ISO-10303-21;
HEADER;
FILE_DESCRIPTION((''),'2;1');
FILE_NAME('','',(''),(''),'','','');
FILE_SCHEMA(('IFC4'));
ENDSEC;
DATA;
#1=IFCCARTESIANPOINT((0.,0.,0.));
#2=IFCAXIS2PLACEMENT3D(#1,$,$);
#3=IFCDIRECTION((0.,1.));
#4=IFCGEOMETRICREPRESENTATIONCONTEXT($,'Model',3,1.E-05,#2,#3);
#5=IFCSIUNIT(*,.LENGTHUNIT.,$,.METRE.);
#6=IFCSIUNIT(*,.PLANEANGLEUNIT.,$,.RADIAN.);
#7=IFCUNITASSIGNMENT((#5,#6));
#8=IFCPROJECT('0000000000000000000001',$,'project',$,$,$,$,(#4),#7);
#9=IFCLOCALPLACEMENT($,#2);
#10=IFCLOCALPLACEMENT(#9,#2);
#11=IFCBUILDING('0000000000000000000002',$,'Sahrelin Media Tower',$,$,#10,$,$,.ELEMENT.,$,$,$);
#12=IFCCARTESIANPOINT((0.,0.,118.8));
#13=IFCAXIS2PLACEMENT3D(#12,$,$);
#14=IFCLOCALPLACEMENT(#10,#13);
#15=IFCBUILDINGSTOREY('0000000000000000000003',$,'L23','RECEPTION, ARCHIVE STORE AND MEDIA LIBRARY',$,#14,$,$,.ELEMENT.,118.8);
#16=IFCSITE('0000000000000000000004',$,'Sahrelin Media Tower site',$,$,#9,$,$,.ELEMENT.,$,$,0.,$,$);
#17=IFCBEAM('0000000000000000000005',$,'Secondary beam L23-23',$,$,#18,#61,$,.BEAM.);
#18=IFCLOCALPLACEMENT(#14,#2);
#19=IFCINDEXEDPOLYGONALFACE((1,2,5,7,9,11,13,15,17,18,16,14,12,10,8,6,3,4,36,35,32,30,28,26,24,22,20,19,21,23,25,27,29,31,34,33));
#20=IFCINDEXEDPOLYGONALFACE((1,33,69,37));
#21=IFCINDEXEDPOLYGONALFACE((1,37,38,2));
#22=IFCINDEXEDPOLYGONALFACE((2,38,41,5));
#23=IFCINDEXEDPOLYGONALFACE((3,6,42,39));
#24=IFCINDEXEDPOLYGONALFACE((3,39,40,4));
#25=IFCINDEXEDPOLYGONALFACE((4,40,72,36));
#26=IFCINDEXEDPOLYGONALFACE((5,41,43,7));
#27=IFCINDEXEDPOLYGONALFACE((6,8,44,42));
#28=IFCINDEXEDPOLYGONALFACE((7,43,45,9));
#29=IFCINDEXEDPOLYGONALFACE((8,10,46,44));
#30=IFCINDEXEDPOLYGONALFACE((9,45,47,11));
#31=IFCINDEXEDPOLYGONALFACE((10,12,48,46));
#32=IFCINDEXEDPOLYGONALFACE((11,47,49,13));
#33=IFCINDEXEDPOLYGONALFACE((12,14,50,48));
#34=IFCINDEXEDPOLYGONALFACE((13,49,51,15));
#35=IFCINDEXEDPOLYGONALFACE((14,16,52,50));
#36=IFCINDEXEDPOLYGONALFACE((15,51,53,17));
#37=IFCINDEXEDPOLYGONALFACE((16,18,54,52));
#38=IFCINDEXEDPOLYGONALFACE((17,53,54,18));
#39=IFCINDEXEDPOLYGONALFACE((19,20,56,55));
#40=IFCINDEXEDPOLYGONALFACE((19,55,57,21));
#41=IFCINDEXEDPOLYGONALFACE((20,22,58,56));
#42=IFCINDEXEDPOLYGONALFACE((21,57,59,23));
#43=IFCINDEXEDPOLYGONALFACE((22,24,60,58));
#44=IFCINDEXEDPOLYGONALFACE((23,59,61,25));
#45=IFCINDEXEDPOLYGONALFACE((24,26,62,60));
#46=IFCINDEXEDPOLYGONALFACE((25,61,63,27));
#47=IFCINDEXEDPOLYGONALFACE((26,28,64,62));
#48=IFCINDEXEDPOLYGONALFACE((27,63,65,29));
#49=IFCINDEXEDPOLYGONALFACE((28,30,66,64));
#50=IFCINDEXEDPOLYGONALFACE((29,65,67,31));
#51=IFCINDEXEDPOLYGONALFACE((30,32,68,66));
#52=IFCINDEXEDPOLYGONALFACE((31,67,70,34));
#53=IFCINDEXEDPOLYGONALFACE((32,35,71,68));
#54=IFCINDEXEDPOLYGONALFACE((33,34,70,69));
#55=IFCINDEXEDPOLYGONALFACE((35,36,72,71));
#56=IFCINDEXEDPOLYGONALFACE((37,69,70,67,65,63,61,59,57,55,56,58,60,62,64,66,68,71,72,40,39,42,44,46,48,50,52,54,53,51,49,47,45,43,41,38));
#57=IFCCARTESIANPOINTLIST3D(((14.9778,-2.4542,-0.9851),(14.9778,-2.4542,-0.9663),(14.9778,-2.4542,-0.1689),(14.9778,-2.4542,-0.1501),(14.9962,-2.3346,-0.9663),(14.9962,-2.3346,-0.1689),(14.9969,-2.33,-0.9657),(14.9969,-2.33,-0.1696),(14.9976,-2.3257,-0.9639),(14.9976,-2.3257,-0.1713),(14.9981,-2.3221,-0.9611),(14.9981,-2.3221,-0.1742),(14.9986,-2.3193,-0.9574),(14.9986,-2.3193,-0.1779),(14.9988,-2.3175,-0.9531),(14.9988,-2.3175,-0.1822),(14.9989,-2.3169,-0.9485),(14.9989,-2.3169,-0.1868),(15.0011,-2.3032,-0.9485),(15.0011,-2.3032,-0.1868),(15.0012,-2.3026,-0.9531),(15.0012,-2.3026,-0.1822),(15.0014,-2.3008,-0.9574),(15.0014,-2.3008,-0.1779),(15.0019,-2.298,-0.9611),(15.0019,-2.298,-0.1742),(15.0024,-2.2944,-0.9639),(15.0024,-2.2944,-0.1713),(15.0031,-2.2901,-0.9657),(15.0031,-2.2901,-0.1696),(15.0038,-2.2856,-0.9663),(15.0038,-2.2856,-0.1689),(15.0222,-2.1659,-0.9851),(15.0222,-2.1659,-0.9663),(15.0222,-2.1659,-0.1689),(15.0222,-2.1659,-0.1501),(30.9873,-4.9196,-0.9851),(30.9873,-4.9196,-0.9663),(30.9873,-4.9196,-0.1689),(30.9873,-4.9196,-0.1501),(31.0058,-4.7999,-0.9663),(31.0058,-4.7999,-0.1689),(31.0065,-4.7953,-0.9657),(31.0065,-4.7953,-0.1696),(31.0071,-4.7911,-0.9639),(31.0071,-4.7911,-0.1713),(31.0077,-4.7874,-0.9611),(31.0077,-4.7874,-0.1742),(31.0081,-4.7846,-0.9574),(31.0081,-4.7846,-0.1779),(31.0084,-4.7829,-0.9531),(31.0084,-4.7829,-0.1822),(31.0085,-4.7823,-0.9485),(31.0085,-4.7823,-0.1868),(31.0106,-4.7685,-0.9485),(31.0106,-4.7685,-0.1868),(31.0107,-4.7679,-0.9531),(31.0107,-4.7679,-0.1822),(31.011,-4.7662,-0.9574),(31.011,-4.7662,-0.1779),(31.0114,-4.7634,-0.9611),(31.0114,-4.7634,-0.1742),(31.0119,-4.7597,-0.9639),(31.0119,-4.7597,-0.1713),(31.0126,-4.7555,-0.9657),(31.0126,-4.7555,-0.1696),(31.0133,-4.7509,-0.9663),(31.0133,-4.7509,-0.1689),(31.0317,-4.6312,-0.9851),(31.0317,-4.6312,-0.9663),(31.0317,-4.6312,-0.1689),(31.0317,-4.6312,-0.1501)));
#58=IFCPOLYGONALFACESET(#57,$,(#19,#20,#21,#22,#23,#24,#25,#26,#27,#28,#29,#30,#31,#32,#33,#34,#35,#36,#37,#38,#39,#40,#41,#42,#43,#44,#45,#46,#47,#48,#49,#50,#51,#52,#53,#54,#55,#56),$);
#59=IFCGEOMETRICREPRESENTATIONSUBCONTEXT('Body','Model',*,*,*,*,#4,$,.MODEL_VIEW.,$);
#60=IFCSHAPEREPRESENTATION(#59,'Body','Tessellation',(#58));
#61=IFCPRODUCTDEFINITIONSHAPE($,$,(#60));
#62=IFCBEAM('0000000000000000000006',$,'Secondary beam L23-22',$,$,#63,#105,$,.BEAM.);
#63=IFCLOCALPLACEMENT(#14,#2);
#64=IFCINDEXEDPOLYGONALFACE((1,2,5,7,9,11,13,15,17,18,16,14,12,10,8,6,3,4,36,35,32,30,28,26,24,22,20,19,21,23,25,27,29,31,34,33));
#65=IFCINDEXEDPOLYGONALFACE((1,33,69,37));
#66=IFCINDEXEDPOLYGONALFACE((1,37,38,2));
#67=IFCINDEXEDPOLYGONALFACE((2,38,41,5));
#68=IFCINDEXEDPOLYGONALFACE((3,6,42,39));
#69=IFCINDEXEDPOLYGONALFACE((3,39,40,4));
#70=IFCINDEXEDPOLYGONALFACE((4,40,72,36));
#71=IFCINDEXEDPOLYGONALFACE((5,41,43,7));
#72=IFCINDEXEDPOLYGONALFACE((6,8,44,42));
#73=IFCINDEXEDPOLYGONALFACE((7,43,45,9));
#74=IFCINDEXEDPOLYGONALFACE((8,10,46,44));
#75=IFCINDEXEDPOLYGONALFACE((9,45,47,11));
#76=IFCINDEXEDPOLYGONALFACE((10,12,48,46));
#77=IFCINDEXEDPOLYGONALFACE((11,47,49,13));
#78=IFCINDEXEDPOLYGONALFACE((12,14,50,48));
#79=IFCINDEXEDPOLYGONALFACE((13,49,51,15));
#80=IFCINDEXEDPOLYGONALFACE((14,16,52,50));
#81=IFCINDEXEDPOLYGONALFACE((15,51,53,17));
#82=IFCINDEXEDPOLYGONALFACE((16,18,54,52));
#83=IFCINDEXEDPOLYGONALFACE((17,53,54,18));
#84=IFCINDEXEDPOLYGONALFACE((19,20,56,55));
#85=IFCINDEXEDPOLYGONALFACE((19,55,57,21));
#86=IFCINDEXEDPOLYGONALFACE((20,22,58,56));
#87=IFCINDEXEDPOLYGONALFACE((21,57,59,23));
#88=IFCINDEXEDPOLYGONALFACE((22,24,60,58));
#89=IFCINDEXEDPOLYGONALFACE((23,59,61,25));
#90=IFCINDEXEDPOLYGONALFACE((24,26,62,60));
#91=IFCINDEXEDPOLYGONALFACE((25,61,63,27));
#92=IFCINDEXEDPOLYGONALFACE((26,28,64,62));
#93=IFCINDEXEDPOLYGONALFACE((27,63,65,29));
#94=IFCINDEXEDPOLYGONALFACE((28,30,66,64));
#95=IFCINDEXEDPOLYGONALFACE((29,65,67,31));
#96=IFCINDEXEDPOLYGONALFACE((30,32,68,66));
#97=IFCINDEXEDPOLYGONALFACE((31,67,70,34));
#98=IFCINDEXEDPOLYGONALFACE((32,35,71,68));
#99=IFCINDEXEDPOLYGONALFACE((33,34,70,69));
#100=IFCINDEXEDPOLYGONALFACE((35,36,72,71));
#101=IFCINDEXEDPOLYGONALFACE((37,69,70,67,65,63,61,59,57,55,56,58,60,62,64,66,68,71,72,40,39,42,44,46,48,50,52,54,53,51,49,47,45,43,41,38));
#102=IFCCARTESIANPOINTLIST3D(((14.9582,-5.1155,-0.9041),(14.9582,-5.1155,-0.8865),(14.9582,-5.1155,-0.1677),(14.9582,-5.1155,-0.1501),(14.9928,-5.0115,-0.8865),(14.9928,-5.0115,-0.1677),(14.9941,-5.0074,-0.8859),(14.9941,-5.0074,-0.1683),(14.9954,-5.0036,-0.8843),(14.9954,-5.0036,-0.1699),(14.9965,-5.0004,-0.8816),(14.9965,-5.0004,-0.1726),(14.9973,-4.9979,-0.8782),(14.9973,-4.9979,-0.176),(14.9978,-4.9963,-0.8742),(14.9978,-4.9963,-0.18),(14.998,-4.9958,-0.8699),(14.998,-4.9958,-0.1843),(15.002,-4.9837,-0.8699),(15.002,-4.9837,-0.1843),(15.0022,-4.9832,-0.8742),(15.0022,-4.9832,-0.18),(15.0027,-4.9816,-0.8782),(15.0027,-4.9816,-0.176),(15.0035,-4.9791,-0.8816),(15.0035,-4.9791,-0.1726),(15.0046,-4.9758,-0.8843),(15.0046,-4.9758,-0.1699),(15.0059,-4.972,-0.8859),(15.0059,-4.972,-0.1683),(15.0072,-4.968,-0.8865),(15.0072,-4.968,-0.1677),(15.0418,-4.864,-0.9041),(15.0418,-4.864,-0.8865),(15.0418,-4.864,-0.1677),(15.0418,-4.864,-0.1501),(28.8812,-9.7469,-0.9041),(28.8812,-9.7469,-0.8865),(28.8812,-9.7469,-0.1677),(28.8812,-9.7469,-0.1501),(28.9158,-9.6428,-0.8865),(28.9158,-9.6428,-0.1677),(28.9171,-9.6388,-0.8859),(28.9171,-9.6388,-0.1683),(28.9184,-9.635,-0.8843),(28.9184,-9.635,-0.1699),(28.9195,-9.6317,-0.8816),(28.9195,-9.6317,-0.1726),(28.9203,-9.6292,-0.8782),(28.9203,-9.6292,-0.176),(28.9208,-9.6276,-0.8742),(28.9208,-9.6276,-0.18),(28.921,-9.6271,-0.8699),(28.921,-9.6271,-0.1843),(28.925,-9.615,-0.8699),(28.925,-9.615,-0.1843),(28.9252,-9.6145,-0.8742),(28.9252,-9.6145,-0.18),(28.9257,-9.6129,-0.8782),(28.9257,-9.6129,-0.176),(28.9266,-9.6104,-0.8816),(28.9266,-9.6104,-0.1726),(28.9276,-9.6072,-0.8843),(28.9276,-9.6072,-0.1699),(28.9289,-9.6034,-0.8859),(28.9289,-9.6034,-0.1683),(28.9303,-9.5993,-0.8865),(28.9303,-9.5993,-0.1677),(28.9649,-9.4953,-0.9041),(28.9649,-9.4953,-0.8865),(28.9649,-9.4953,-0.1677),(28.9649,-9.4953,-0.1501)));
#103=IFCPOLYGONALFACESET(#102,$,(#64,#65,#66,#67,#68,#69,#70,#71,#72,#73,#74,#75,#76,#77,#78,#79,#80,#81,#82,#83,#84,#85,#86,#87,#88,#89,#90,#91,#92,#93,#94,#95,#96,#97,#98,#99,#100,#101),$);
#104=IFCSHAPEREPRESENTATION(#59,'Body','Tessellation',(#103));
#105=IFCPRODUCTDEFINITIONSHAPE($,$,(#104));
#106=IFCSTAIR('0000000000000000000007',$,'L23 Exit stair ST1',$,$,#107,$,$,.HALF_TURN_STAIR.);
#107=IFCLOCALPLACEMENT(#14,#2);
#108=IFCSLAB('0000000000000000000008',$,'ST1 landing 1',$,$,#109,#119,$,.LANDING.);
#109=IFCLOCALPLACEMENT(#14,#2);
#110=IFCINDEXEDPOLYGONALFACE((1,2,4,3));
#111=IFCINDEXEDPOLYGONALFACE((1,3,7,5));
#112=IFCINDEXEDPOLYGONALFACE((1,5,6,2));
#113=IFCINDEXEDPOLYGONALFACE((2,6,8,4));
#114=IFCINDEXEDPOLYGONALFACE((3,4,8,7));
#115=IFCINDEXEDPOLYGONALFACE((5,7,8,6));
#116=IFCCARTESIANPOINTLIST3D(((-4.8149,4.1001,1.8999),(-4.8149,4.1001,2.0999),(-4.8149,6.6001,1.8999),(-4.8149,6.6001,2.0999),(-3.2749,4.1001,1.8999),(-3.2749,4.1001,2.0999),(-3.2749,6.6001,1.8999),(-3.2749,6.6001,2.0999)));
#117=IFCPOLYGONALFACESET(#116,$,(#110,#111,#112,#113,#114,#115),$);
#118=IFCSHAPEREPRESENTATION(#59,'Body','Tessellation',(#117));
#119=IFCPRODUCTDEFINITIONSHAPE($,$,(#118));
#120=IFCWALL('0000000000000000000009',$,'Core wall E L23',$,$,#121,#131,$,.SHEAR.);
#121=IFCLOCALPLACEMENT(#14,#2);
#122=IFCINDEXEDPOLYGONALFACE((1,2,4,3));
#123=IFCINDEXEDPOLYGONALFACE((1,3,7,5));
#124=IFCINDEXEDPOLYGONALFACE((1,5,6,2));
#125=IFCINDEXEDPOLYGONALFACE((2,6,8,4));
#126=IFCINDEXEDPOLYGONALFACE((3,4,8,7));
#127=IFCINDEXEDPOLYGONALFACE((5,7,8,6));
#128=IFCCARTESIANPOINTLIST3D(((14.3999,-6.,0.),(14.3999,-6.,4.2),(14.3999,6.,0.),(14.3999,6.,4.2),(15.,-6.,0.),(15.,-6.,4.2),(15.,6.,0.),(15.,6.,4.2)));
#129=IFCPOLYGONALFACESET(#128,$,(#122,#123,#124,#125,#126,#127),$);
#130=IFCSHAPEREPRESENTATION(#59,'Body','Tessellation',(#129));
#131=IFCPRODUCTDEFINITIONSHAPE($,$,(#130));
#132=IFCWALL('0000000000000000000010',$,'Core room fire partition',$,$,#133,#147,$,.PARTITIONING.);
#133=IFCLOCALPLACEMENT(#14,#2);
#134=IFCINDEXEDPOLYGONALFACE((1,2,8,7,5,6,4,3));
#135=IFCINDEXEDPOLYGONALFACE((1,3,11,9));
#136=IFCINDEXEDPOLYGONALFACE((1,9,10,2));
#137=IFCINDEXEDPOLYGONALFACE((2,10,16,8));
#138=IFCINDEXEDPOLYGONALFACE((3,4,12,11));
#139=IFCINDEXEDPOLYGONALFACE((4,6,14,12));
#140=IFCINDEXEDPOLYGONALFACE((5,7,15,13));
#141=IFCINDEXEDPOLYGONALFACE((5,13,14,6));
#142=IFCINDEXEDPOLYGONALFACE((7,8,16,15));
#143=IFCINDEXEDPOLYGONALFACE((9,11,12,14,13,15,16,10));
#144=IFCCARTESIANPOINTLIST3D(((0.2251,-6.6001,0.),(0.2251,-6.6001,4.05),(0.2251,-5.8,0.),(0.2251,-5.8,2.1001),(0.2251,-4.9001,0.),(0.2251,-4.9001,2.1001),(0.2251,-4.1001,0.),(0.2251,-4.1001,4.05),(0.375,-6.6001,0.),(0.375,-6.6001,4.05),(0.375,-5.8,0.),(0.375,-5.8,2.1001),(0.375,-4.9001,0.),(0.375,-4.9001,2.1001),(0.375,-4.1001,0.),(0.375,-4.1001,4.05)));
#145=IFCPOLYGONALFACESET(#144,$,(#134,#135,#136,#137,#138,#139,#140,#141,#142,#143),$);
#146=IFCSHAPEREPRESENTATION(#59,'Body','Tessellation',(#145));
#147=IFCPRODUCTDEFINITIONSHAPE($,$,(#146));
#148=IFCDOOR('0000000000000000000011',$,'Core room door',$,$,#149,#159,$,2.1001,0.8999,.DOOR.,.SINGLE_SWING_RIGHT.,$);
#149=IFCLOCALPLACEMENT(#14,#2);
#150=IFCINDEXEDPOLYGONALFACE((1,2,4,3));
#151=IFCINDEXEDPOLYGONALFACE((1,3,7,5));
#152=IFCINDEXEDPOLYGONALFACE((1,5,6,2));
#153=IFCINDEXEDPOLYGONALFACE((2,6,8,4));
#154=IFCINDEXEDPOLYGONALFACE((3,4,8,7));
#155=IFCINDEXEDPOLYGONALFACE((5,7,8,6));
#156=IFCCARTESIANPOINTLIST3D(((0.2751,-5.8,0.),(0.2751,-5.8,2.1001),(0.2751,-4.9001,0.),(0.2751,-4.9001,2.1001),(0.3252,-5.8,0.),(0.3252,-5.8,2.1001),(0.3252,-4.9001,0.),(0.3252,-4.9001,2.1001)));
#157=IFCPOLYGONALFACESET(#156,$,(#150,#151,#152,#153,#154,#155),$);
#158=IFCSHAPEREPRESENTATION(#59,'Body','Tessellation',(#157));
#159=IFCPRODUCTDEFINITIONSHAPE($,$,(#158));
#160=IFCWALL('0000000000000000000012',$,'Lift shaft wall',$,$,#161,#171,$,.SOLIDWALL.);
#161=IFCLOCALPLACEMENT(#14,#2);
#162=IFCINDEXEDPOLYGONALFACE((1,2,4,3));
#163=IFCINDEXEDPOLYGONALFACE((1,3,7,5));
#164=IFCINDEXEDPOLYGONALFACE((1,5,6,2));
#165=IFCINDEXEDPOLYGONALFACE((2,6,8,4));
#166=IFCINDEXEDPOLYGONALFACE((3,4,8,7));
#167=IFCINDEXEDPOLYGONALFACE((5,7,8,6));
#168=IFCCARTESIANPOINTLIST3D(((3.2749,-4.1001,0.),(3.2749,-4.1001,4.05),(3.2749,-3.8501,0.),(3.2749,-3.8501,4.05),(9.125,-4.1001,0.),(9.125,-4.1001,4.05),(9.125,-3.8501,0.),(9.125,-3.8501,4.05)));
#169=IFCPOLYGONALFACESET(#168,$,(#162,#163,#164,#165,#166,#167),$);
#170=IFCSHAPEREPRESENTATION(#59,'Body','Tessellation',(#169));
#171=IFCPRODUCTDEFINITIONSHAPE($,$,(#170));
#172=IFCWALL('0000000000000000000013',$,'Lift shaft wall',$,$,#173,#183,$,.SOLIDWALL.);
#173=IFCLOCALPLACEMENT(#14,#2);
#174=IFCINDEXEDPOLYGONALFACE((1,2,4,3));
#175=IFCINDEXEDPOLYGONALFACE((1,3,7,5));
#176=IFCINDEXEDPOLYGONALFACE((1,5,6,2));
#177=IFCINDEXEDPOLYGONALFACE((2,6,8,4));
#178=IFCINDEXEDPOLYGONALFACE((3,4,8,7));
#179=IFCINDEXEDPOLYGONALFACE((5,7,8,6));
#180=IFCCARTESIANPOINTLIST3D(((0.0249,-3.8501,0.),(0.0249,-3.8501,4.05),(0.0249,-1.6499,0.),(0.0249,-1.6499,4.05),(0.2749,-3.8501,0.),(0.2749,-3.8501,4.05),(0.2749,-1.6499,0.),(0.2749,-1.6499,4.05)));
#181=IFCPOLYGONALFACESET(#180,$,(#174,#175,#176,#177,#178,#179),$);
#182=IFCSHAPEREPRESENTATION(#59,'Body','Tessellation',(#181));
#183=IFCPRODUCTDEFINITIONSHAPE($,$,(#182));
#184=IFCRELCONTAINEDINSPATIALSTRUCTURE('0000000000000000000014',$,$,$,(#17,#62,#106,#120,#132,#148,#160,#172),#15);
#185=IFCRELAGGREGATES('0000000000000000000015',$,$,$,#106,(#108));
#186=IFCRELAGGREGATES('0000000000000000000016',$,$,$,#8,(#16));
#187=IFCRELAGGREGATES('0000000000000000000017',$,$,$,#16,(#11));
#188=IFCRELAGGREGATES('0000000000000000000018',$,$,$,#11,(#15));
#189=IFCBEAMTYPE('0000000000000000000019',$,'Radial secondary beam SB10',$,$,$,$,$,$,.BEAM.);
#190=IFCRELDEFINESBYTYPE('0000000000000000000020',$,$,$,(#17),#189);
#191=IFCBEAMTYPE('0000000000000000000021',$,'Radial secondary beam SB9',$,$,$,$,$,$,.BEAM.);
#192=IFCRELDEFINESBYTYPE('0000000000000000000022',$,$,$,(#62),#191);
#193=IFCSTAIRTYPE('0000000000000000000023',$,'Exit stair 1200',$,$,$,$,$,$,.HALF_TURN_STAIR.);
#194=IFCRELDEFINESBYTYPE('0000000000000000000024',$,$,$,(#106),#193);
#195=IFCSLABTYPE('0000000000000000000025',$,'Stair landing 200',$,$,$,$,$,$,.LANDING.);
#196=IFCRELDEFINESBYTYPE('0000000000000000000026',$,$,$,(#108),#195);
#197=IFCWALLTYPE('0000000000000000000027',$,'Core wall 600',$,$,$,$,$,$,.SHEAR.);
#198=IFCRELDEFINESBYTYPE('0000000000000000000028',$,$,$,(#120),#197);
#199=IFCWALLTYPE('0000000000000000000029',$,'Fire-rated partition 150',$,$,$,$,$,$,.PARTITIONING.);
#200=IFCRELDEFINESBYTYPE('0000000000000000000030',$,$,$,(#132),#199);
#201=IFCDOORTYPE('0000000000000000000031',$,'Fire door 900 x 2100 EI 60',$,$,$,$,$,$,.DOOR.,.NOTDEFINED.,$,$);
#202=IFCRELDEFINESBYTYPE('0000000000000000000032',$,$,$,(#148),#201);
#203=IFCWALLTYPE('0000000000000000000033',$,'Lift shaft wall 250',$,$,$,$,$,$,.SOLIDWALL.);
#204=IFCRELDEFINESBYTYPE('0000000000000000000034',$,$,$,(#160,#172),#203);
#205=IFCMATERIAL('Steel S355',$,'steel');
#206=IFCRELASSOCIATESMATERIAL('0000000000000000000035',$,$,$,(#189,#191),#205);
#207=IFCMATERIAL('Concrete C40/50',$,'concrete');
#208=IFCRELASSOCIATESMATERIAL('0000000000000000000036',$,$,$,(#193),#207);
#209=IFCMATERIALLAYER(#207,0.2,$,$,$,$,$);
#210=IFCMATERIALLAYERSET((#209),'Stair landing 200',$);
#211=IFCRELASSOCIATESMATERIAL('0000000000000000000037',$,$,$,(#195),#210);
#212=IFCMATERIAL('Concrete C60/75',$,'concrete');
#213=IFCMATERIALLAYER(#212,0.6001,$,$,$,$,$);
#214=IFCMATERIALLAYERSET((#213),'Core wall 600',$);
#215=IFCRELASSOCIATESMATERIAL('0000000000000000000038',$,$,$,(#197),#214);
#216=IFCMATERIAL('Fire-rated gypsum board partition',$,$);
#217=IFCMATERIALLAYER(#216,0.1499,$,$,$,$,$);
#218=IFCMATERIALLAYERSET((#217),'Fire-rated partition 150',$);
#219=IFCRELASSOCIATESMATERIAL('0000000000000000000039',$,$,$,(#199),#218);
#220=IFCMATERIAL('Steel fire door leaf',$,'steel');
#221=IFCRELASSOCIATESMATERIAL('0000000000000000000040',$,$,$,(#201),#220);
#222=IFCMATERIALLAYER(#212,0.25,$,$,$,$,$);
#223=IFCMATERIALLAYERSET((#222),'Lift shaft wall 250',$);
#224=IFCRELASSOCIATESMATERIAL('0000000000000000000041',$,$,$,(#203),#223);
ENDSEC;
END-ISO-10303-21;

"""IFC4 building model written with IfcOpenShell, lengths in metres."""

from ifc_helpers import new_model, si_unit, direction, frame, frame_2d, origin, origin_2d, place, context, subcontext, project, spatial, polyline, rectangle, i_section, outline, extrude, material, layer, layer_set, material_profile, profile_set, type_object, element, fill, aggregate, save


model = new_model("IFC4")

# Units and contexts
model_context = context("Model", 3, precision=1e-05, world=origin(), true_north=direction((0.0, 1.0)))
body_context = subcontext(model_context, "Body", "Model", "MODEL_VIEW")
ifc_project = project(units=[si_unit("LENGTHUNIT", "METRE"), si_unit("PLANEANGLEUNIT", "RADIAN")], contexts=[model_context])

# Site, building, storey
site_placement = place(None, origin())
site = spatial("IfcSite", under=ifc_project, at=site_placement, Name="Sahrelin Media Tower site", CompositionType="ELEMENT", RefElevation=0.0)
building_placement = place(site_placement, origin())
building = spatial("IfcBuilding", under=site, at=building_placement, Name="Sahrelin Media Tower", CompositionType="ELEMENT")
storey_placement = place(building_placement, frame((0.0, 0.0, 118.8)))
storey = spatial("IfcBuildingStorey", under=building, at=storey_placement, Name="L23", Description="RECEPTION, ARCHIVE STORE AND MEDIA LIBRARY", CompositionType="ELEMENT", Elevation=118.8)

# Beams
ifc_material_1 = material(Name="Steel S355", Category="steel")
ifc_material_profile_1 = material_profile(ifc_material_1, i_section(OverallWidth=0.2917, OverallDepth=0.835, WebThickness=0.0139, FlangeThickness=0.0188, FilletRadius=0.0178, at=origin_2d()), Name="UB 838x292x176")
ifc_profile_set_1 = profile_set([ifc_material_profile_1], Name="Steel S355")
beam_type_1 = type_object("IfcBeamType", Name="Radial secondary beam SB10", PredefinedType="BEAM", material=ifc_profile_set_1)
beam_1_placement = place(storey_placement, frame((15.0, -2.3101, -0.5676), z_axis=(0.98835, -0.152198, 0.0), x_axis=(0.152198, 0.98835, 0.0)))
element("IfcBeam", 1, at=beam_1_placement, inside=storey, type_object=beam_type_1, Name="Secondary beam L23-23", PredefinedType="BEAM", context=body_context, shape_type="SweptSolid", body=[
    extrude(i_section(OverallWidth=0.2917, OverallDepth=0.835, WebThickness=0.0139, FlangeThickness=0.0188, FilletRadius=0.0178, at=origin_2d()), origin(), (0.0, 0.0, 1.0), 16.1982),
])
ifc_material_profile_2 = material_profile(ifc_material_1, i_section(OverallWidth=0.2651, OverallDepth=0.7539, WebThickness=0.0127, FlangeThickness=0.0176, FilletRadius=0.0166, at=origin_2d()), Name="UB 762x267x147")
ifc_profile_set_2 = profile_set([ifc_material_profile_2], Name="Steel S355")
beam_type_2 = type_object("IfcBeamType", Name="Radial secondary beam SB9", PredefinedType="BEAM", material=ifc_profile_set_2)
beam_2_placement = place(storey_placement, frame((15.0, -4.9897, -0.5271), z_axis=(0.948881, -0.315634, 0.0), x_axis=(0.315634, 0.948881, 0.0)))
element("IfcBeam", 2, at=beam_2_placement, inside=storey, type_object=beam_type_2, Name="Secondary beam L23-22", PredefinedType="BEAM", context=body_context, shape_type="SweptSolid", body=[
    extrude(i_section(OverallWidth=0.2651, OverallDepth=0.7539, WebThickness=0.0127, FlangeThickness=0.0176, FilletRadius=0.0166, at=origin_2d()), origin(), (0.0, 0.0, 1.0), 14.6731),
])

# Stair, slab
ifc_material_2 = material(Name="Concrete C40/50", Category="concrete")
stair_type = type_object("IfcStairType", Name="Exit stair 1200", PredefinedType="HALF_TURN_STAIR", material=ifc_material_2)
stair_placement = place(storey_placement, origin())
stair = element("IfcStair", 3, at=stair_placement, inside=storey, type_object=stair_type, Name="L23 Exit stair ST1", PredefinedType="HALF_TURN_STAIR")
ifc_layer_1 = layer(ifc_material_2, 0.2)
ifc_layer_set_1 = layer_set([ifc_layer_1], Name="Stair landing 200")
slab_type = type_object("IfcSlabType", Name="Stair landing 200", PredefinedType="LANDING", material=ifc_layer_set_1)
slab_placement = place(storey_placement, frame((0.0, 0.0, 1.8999)))
slab = element("IfcSlab", 4, at=slab_placement, type_object=slab_type, Name="ST1 landing 1", PredefinedType="LANDING", context=body_context, shape_type="SweptSolid", body=[
    extrude(outline(polyline([(-4.8149, 4.1001), (-3.2749, 4.1001), (-3.2749, 6.6001), (-4.8149, 6.6001), (-4.8149, 4.1001)])), origin(), (0.0, 0.0, 1.0), 0.2),
])
aggregate(stair, [slab])

# Wall
ifc_material_3 = material(Name="Concrete C60/75", Category="concrete")
ifc_layer_2 = layer(ifc_material_3, 0.6001)
ifc_layer_set_2 = layer_set([ifc_layer_2], Name="Core wall 600")
wall_type_1 = type_object("IfcWallType", Name="Core wall 600", PredefinedType="SHEAR", material=ifc_layer_set_2)
wall_1_placement = place(storey_placement, frame((14.7, -6.0, 0.0), z_axis=(0.0, 0.0, 1.0), x_axis=(0.0, 1.0, 0.0)))
element("IfcWall", 5, at=wall_1_placement, inside=storey, type_object=wall_type_1, Name="Core wall E L23", PredefinedType="SHEAR", context=body_context, shape_type="SweptSolid", body=[
    extrude(rectangle(XDim=12.0, YDim=0.6001, at=frame_2d((6.0, 0.0))), origin(), (0.0, 0.0, 1.0), 4.2),
])

# Wall, opening, door
ifc_material_4 = material(Name="Fire-rated gypsum board partition")
ifc_layer_3 = layer(ifc_material_4, 0.1499)
ifc_layer_set_3 = layer_set([ifc_layer_3], Name="Fire-rated partition 150")
wall_type_2 = type_object("IfcWallType", Name="Fire-rated partition 150", PredefinedType="PARTITIONING", material=ifc_layer_set_3)
wall_2_placement = place(storey_placement, frame((0.3, -6.6001, 0.0), z_axis=(0.0, 0.0, 1.0), x_axis=(0.0, 1.0, 0.0)))
wall_2 = element("IfcWall", 6, at=wall_2_placement, inside=storey, type_object=wall_type_2, Name="Core room fire partition", PredefinedType="PARTITIONING", context=body_context, shape_type="SweptSolid", body=[
    extrude(rectangle(XDim=2.5, YDim=0.1499, at=frame_2d((1.25, 0.0))), origin(), (0.0, 0.0, 1.0), 4.05),
])
opening_1_placement = place(wall_2_placement, frame((0.8, 0.0, 0.0)))
opening_1 = element("IfcOpeningElement", 7, at=opening_1_placement, cuts=wall_2, PredefinedType="OPENING", context=body_context, shape_type="SweptSolid", body=[
    extrude(rectangle(XDim=0.8999, YDim=2.1001, at=frame_2d((0.45, 1.05))), frame((0.0, 0.075, 0.0), z_axis=(0.0, -1.0, 0.0), x_axis=(1.0, 0.0, 0.0)), (0.0, 0.0, 1.0), 0.1499),
])
ifc_material_5 = material(Name="Steel fire door leaf", Category="steel")
door_type_1 = type_object("IfcDoorType", Name="Fire door 900 x 2100 EI 60", OperationType="NOTDEFINED", PredefinedType="DOOR", material=ifc_material_5)
door_1_placement = place(opening_1_placement, origin())
door_1 = element("IfcDoor", 8, at=door_1_placement, inside=storey, type_object=door_type_1, Name="Core room door", OperationType="SINGLE_SWING_RIGHT", OverallHeight=2.1001, OverallWidth=0.8999, PredefinedType="DOOR", context=body_context, shape_type="SweptSolid", body=[
    extrude(rectangle(XDim=0.8999, YDim=2.1001, at=frame_2d((0.45, 1.05))), frame((0.0, 0.0249, 0.0), z_axis=(0.0, -1.0, 0.0), x_axis=(1.0, 0.0, 0.0)), (0.0, 0.0, 1.0), 0.05),
])
fill(opening_1, door_1)

# Walls
ifc_layer_4 = layer(ifc_material_3, 0.25)
ifc_layer_set_4 = layer_set([ifc_layer_4], Name="Lift shaft wall 250")
wall_type_3 = type_object("IfcWallType", Name="Lift shaft wall 250", PredefinedType="SOLIDWALL", material=ifc_layer_set_4)
wall_3_placement = place(storey_placement, frame((3.2749, -3.9751, 0.0), z_axis=(0.0, 0.0, 1.0), x_axis=(1.0, 0.0, 0.0)))
element("IfcWall", 9, at=wall_3_placement, inside=storey, type_object=wall_type_3, Name="Lift shaft wall", PredefinedType="SOLIDWALL", context=body_context, shape_type="SweptSolid", body=[
    extrude(rectangle(XDim=5.8501, YDim=0.25, at=frame_2d((2.925, 0.0))), origin(), (0.0, 0.0, 1.0), 4.05),
])
for number, where, z_axis, x_axis, name in (
    (10, (0.1499, -3.8501, 0.0), (0.0, 0.0, 1.0), (0.0, 1.0, 0.0), "Lift shaft wall"),
):
    element("IfcWall", number, at=place(storey_placement, frame(where, z_axis=z_axis, x_axis=x_axis)), inside=storey, type_object=wall_type_3, Name=name, PredefinedType="SOLIDWALL", context=body_context, shape_type="SweptSolid", body=[
        extrude(rectangle(XDim=2.2002, YDim=0.25, at=frame_2d((1.1001, 0.0))), origin(), (0.0, 0.0, 1.0), 4.05),
    ])

save(model, "model.ifc")
